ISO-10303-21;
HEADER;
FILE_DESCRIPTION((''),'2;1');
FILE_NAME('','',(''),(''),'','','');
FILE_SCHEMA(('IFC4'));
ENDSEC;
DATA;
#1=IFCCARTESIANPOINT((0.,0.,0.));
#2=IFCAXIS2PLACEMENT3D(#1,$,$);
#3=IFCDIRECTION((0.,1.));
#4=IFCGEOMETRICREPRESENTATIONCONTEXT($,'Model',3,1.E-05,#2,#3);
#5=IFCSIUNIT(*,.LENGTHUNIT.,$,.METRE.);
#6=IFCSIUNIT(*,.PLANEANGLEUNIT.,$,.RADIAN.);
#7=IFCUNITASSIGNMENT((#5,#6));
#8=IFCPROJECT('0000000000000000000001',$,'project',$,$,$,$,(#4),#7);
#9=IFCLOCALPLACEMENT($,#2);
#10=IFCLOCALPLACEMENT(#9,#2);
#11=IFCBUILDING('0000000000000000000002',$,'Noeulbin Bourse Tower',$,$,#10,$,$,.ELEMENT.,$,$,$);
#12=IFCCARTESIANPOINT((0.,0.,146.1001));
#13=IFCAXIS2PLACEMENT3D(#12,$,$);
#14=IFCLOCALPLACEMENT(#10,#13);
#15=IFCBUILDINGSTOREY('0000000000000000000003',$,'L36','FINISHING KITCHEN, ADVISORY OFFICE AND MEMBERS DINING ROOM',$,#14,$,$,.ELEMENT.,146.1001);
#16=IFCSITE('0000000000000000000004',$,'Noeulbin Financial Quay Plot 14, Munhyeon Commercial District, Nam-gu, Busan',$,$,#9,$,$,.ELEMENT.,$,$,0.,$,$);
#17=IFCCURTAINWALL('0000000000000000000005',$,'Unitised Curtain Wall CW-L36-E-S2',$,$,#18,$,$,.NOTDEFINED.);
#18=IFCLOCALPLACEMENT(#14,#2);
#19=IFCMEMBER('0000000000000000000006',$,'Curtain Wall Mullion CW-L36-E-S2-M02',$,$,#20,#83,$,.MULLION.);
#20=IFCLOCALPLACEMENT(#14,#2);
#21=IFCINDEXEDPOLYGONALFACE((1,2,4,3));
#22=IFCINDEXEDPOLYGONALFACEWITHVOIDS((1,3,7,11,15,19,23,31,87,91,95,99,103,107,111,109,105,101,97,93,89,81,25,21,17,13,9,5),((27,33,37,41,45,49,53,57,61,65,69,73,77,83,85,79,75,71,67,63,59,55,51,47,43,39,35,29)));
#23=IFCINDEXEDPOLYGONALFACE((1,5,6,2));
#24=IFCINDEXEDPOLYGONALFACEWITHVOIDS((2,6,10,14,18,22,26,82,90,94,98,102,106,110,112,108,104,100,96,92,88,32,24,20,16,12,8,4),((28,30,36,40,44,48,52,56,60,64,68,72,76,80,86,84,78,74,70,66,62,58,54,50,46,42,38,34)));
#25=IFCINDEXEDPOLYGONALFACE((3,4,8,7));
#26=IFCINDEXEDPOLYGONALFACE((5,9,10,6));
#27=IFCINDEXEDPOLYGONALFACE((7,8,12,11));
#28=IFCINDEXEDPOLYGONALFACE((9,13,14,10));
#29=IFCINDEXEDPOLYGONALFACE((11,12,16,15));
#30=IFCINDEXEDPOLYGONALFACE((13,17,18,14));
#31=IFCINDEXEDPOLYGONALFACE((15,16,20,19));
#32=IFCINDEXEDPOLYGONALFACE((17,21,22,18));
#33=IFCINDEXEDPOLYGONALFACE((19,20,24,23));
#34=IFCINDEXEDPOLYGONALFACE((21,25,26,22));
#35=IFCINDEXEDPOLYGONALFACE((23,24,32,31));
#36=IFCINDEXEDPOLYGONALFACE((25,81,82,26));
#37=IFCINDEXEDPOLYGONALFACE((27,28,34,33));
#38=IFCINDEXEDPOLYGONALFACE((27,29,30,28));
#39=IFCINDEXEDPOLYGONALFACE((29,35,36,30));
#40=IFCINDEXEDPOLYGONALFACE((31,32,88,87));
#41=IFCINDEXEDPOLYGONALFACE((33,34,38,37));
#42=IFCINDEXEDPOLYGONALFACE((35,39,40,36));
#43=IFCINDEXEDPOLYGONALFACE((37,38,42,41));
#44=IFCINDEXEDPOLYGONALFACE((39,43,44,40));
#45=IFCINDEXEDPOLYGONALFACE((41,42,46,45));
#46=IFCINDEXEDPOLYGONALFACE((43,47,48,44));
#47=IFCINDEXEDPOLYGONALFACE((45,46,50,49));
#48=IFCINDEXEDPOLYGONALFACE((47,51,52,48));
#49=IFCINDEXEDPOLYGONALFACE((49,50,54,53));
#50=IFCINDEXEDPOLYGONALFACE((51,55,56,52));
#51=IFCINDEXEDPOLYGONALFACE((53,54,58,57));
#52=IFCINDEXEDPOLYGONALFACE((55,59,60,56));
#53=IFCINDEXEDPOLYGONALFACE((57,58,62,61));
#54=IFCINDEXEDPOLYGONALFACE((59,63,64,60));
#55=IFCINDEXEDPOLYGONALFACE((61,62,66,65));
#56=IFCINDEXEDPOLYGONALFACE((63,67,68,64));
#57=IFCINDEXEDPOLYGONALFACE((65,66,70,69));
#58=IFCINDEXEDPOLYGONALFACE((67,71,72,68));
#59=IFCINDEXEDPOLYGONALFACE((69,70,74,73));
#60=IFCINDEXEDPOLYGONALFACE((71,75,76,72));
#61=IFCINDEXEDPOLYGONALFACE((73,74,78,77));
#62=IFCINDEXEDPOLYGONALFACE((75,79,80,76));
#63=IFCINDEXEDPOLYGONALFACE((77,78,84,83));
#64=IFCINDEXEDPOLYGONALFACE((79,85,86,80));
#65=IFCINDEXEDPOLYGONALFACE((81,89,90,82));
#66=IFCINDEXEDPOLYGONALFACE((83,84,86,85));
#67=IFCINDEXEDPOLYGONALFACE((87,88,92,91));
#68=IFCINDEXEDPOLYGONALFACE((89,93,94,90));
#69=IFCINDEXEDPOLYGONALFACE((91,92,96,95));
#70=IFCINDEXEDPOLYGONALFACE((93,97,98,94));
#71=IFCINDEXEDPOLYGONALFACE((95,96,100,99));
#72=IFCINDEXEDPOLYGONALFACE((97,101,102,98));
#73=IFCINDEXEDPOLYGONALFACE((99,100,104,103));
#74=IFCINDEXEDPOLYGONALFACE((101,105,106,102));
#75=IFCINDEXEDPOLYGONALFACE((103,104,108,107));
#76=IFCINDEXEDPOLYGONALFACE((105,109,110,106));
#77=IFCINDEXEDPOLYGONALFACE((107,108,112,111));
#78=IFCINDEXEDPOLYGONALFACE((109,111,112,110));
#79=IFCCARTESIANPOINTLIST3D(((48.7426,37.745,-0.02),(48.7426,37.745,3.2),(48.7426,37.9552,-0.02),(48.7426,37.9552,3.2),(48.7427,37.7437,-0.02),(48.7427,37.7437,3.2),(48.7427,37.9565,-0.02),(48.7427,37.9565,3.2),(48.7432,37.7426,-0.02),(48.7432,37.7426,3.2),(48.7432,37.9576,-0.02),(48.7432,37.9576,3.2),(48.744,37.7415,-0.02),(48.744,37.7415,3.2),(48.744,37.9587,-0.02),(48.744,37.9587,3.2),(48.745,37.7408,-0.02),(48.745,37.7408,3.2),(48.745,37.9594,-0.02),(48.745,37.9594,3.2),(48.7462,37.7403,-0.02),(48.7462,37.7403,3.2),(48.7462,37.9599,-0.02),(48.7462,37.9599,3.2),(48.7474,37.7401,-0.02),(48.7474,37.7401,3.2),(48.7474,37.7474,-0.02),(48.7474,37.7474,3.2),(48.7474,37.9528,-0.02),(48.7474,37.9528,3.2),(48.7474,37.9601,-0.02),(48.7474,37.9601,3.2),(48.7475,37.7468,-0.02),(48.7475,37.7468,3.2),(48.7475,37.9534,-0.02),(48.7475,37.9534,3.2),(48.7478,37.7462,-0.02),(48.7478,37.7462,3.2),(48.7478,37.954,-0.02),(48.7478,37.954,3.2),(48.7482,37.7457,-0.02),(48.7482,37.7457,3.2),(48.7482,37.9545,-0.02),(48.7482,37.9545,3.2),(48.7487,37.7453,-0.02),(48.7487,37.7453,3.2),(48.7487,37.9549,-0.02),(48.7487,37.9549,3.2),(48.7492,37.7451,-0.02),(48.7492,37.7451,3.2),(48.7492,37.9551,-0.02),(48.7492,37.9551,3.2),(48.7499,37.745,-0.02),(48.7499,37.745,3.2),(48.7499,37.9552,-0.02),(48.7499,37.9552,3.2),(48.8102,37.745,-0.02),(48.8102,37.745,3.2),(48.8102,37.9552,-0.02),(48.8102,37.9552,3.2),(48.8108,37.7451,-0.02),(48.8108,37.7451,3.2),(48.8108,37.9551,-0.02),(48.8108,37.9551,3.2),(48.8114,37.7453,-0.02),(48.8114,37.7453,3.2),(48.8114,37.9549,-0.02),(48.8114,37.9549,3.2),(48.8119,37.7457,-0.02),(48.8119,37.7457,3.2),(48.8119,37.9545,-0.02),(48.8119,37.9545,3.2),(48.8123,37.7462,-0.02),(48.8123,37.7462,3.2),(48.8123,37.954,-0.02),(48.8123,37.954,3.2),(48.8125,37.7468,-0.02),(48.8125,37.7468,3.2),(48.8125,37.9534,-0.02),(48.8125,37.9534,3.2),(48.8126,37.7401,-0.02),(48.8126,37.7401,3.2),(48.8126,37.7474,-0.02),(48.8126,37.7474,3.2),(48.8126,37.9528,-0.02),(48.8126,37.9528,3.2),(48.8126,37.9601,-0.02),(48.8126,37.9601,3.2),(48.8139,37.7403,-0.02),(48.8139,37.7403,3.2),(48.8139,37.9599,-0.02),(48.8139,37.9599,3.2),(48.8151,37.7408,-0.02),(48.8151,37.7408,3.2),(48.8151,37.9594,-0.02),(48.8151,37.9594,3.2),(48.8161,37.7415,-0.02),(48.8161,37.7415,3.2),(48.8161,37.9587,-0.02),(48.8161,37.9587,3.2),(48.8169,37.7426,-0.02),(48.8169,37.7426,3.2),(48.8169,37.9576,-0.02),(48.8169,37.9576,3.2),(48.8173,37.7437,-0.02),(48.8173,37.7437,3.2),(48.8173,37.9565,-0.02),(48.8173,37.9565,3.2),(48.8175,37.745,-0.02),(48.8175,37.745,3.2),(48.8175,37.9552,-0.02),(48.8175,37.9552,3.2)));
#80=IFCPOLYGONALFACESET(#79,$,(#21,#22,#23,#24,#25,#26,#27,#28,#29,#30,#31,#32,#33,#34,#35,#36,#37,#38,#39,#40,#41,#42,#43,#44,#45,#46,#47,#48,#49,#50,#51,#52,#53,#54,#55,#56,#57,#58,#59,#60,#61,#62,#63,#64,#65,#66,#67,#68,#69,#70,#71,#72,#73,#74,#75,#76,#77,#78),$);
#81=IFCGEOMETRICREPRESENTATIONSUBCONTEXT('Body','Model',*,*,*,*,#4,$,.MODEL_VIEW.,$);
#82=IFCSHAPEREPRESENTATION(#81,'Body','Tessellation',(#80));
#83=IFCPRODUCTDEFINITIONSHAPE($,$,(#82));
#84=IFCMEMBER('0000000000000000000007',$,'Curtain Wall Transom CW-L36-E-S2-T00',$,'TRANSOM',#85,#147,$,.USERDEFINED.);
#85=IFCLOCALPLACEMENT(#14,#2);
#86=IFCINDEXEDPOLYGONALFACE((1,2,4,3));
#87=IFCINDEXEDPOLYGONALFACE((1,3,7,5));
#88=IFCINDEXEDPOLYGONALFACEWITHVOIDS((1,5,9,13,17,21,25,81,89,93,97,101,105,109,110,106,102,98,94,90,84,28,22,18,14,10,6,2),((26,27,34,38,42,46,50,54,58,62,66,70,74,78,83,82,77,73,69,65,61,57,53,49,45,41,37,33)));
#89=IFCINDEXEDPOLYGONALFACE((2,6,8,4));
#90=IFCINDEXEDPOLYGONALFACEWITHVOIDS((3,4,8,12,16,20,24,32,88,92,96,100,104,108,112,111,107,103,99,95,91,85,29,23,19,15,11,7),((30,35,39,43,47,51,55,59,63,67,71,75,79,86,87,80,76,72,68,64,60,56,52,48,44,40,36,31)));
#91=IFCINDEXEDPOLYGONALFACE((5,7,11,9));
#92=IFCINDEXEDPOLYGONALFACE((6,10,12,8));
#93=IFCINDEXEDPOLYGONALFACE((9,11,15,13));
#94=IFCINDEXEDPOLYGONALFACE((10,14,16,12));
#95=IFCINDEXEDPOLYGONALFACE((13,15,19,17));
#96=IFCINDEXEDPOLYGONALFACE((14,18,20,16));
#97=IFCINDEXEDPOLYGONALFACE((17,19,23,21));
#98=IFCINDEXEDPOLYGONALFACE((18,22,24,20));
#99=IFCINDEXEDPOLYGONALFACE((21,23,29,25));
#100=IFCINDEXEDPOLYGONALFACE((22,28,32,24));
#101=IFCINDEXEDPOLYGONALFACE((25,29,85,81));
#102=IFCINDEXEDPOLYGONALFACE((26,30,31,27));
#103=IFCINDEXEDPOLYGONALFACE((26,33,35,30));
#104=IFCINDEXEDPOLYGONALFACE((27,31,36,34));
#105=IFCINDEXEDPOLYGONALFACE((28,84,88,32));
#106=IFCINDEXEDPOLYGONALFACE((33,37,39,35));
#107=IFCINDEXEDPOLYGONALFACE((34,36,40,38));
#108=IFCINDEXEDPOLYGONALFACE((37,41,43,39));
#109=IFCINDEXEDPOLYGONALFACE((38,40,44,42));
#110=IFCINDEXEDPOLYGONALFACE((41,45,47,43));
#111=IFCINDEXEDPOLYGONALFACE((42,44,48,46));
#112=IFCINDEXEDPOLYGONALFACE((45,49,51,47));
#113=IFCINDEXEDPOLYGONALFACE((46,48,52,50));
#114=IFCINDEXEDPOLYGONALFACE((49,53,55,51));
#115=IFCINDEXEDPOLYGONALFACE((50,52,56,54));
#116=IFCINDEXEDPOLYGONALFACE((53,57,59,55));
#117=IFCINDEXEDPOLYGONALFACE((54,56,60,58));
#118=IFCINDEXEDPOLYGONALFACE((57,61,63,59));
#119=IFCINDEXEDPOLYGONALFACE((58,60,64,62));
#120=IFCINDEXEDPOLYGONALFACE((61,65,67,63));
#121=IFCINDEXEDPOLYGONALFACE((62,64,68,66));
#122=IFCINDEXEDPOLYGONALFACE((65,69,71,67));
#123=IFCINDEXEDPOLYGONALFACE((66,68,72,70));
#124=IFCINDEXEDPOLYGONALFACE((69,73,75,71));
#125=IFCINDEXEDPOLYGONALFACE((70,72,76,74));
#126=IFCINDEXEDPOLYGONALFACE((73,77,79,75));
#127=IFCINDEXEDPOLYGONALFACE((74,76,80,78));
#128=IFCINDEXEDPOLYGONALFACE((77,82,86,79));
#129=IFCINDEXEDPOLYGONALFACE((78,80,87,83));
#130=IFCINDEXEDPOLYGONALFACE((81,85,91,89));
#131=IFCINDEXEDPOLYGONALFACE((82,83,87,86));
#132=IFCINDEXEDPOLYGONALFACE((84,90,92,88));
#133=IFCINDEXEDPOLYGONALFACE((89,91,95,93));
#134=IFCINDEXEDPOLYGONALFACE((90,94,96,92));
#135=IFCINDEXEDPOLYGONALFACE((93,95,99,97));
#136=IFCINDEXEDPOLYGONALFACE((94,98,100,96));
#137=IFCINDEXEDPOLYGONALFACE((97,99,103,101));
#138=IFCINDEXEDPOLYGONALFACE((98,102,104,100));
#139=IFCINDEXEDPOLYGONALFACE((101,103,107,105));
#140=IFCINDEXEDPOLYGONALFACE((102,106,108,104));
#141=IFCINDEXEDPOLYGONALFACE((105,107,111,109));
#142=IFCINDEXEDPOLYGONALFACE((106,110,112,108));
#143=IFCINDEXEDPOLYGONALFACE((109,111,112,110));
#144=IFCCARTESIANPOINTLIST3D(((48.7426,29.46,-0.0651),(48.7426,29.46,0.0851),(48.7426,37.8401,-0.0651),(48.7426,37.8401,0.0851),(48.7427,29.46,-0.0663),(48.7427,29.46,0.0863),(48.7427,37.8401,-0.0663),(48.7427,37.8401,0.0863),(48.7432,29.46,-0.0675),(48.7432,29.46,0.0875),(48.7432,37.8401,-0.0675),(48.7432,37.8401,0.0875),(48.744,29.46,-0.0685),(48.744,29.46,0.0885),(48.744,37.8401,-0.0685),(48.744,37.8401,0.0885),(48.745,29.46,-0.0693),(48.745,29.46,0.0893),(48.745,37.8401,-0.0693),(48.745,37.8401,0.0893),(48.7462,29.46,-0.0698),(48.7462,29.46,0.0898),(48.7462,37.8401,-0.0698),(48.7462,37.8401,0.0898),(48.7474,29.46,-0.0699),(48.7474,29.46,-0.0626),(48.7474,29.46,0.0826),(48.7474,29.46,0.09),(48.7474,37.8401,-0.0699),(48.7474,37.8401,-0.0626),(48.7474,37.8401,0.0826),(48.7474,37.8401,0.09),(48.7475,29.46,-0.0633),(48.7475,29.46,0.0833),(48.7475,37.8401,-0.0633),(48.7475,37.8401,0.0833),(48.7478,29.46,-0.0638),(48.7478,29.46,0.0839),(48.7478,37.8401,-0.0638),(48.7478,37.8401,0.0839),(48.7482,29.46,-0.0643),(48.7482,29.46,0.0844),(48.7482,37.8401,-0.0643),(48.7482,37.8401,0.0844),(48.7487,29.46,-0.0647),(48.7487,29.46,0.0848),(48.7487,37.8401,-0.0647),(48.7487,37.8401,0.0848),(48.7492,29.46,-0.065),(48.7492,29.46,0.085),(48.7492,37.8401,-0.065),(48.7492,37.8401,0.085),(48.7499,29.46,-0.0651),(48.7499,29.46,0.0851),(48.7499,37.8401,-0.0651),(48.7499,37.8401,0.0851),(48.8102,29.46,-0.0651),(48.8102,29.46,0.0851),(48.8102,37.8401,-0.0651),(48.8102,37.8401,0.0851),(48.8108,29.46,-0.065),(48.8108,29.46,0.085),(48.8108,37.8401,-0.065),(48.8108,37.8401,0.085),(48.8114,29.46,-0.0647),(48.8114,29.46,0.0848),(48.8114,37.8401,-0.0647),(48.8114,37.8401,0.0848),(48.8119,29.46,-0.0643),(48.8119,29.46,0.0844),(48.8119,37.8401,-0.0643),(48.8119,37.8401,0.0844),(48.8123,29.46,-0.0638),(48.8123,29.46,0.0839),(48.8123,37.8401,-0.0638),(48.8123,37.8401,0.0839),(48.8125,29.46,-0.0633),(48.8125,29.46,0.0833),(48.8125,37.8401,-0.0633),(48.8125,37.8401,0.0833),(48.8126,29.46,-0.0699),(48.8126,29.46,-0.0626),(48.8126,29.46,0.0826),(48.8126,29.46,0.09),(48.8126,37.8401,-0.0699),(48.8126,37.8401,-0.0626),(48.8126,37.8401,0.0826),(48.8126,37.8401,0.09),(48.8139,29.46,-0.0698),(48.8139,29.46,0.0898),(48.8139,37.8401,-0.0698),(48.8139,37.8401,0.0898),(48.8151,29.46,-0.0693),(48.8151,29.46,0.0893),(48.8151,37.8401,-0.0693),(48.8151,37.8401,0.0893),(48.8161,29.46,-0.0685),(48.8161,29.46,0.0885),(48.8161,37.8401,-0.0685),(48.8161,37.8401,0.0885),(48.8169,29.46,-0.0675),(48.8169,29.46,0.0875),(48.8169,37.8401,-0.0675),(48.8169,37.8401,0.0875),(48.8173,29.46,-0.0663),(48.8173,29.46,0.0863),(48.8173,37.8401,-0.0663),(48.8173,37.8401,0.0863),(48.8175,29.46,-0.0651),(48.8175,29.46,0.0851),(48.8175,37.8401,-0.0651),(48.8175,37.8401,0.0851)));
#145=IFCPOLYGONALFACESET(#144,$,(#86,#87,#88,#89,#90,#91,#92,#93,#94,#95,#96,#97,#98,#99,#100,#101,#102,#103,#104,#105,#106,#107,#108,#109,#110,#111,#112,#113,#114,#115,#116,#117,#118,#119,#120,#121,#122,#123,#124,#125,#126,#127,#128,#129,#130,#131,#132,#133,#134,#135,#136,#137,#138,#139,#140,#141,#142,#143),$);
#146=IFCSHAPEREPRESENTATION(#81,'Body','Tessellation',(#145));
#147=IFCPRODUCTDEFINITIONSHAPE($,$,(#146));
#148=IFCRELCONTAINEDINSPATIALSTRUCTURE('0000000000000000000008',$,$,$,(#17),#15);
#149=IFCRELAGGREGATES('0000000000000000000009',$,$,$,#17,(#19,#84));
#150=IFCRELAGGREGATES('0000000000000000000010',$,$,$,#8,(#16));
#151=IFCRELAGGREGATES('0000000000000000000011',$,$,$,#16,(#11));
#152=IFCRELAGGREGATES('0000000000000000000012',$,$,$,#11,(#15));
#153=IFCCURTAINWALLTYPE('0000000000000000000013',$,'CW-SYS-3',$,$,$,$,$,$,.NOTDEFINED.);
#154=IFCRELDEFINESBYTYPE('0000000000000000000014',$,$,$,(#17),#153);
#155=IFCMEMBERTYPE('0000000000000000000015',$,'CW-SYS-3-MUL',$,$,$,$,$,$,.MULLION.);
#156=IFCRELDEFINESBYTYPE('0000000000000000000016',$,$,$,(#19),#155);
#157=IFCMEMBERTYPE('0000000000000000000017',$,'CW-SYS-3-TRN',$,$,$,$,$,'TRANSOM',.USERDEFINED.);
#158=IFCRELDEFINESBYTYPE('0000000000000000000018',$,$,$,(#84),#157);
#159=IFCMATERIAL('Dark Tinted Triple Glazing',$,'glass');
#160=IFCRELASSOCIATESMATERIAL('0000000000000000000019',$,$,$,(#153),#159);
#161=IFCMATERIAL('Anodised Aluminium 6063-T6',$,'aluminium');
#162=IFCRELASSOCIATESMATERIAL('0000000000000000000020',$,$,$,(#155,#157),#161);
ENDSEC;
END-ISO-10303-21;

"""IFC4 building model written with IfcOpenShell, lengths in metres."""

from ifc_helpers import new_model, si_unit, direction, frame, origin, origin_2d, place, context, subcontext, project, spatial, hollow_rectangle, extrude, material, material_profile, profile_set, type_object, element, aggregate, save


model = new_model("IFC4")

# Units and contexts
model_context = context("Model", 3, precision=1e-05, world=origin(), true_north=direction((0.0, 1.0)))
body_context = subcontext(model_context, "Body", "Model", "MODEL_VIEW")
ifc_project = project(units=[si_unit("LENGTHUNIT", "METRE"), si_unit("PLANEANGLEUNIT", "RADIAN")], contexts=[model_context])

# Site, building, storey
site_placement = place(None, origin())
site = spatial("IfcSite", under=ifc_project, at=site_placement, Name="Noeulbin Financial Quay Plot 14, Munhyeon Commercial District, Nam-gu, Busan", CompositionType="ELEMENT", RefElevation=0.0)
building_placement = place(site_placement, origin())
building = spatial("IfcBuilding", under=site, at=building_placement, Name="Noeulbin Bourse Tower", CompositionType="ELEMENT")
storey_placement = place(building_placement, frame((0.0, 0.0, 146.1001)))
storey = spatial("IfcBuildingStorey", under=building, at=storey_placement, Name="L36", Description="FINISHING KITCHEN, ADVISORY OFFICE AND MEMBERS DINING ROOM", CompositionType="ELEMENT", Elevation=146.1001)

# Curtain wall, members
ifc_material_1 = material(Name="Dark Tinted Triple Glazing", Category="glass")
curtain_wall_type = type_object("IfcCurtainWallType", Name="CW-SYS-3", PredefinedType="NOTDEFINED", material=ifc_material_1)
curtain_wall_placement = place(storey_placement, origin())
curtain_wall = element("IfcCurtainWall", 1, at=curtain_wall_placement, inside=storey, type_object=curtain_wall_type, Name="Unitised Curtain Wall CW-L36-E-S2", PredefinedType="NOTDEFINED")
ifc_material_2 = material(Name="Anodised Aluminium 6063-T6", Category="aluminium")
ifc_material_profile_1 = material_profile(ifc_material_2, hollow_rectangle(XDim=0.075, YDim=0.22, WallThickness=0.0049, InnerFilletRadius=0.0024, OuterFilletRadius=0.0049, at=origin_2d()), Name="ALU-MULL-75x220x5", Category="LoadBearing")
ifc_profile_set_1 = profile_set([ifc_material_profile_1], Name="Anodised Aluminium 6063-T6")
member_type_1 = type_object("IfcMemberType", Name="CW-SYS-3-MUL", PredefinedType="MULLION", material=ifc_profile_set_1)
member_1_placement = place(storey_placement, frame((48.78, 37.8501, -0.02), z_axis=(0.0, 0.0, 1.0), x_axis=(1.0, 0.0, 0.0)))
member_1 = element("IfcMember", 2, at=member_1_placement, type_object=member_type_1, Name="Curtain Wall Mullion CW-L36-E-S2-M02", PredefinedType="MULLION", context=body_context, shape_type="SweptSolid", body=[
    extrude(hollow_rectangle(XDim=0.075, YDim=0.22, WallThickness=0.0049, InnerFilletRadius=0.0024, OuterFilletRadius=0.0049, at=origin_2d()), origin(), (0.0, 0.0, 1.0), 3.22),
])
ifc_material_profile_2 = material_profile(ifc_material_2, hollow_rectangle(XDim=0.075, YDim=0.1599, WallThickness=0.0049, InnerFilletRadius=0.0024, OuterFilletRadius=0.0049, at=origin_2d()), Name="ALU-TRAN-75x160x5", Category="LoadBearing")
ifc_profile_set_2 = profile_set([ifc_material_profile_2], Name="Anodised Aluminium 6063-T6")
member_type_2 = type_object("IfcMemberType", Name="CW-SYS-3-TRN", ElementType="TRANSOM", PredefinedType="USERDEFINED", material=ifc_profile_set_2)
member_2_placement = place(storey_placement, frame((48.78, 29.46, 0.01), z_axis=(0.0, 1.0, 0.0), x_axis=(-1.0, 0.0, 0.0)))
member_2 = element("IfcMember", 3, at=member_2_placement, type_object=member_type_2, Name="Curtain Wall Transom CW-L36-E-S2-T00", ObjectType="TRANSOM", PredefinedType="USERDEFINED", context=body_context, shape_type="SweptSolid", body=[
    extrude(hollow_rectangle(XDim=0.075, YDim=0.1599, WallThickness=0.0049, InnerFilletRadius=0.0024, OuterFilletRadius=0.0049, at=origin_2d()), origin(), (0.0, 0.0, 1.0), 8.3801),
])
aggregate(curtain_wall, [member_1, member_2])

save(model, "model.ifc")
